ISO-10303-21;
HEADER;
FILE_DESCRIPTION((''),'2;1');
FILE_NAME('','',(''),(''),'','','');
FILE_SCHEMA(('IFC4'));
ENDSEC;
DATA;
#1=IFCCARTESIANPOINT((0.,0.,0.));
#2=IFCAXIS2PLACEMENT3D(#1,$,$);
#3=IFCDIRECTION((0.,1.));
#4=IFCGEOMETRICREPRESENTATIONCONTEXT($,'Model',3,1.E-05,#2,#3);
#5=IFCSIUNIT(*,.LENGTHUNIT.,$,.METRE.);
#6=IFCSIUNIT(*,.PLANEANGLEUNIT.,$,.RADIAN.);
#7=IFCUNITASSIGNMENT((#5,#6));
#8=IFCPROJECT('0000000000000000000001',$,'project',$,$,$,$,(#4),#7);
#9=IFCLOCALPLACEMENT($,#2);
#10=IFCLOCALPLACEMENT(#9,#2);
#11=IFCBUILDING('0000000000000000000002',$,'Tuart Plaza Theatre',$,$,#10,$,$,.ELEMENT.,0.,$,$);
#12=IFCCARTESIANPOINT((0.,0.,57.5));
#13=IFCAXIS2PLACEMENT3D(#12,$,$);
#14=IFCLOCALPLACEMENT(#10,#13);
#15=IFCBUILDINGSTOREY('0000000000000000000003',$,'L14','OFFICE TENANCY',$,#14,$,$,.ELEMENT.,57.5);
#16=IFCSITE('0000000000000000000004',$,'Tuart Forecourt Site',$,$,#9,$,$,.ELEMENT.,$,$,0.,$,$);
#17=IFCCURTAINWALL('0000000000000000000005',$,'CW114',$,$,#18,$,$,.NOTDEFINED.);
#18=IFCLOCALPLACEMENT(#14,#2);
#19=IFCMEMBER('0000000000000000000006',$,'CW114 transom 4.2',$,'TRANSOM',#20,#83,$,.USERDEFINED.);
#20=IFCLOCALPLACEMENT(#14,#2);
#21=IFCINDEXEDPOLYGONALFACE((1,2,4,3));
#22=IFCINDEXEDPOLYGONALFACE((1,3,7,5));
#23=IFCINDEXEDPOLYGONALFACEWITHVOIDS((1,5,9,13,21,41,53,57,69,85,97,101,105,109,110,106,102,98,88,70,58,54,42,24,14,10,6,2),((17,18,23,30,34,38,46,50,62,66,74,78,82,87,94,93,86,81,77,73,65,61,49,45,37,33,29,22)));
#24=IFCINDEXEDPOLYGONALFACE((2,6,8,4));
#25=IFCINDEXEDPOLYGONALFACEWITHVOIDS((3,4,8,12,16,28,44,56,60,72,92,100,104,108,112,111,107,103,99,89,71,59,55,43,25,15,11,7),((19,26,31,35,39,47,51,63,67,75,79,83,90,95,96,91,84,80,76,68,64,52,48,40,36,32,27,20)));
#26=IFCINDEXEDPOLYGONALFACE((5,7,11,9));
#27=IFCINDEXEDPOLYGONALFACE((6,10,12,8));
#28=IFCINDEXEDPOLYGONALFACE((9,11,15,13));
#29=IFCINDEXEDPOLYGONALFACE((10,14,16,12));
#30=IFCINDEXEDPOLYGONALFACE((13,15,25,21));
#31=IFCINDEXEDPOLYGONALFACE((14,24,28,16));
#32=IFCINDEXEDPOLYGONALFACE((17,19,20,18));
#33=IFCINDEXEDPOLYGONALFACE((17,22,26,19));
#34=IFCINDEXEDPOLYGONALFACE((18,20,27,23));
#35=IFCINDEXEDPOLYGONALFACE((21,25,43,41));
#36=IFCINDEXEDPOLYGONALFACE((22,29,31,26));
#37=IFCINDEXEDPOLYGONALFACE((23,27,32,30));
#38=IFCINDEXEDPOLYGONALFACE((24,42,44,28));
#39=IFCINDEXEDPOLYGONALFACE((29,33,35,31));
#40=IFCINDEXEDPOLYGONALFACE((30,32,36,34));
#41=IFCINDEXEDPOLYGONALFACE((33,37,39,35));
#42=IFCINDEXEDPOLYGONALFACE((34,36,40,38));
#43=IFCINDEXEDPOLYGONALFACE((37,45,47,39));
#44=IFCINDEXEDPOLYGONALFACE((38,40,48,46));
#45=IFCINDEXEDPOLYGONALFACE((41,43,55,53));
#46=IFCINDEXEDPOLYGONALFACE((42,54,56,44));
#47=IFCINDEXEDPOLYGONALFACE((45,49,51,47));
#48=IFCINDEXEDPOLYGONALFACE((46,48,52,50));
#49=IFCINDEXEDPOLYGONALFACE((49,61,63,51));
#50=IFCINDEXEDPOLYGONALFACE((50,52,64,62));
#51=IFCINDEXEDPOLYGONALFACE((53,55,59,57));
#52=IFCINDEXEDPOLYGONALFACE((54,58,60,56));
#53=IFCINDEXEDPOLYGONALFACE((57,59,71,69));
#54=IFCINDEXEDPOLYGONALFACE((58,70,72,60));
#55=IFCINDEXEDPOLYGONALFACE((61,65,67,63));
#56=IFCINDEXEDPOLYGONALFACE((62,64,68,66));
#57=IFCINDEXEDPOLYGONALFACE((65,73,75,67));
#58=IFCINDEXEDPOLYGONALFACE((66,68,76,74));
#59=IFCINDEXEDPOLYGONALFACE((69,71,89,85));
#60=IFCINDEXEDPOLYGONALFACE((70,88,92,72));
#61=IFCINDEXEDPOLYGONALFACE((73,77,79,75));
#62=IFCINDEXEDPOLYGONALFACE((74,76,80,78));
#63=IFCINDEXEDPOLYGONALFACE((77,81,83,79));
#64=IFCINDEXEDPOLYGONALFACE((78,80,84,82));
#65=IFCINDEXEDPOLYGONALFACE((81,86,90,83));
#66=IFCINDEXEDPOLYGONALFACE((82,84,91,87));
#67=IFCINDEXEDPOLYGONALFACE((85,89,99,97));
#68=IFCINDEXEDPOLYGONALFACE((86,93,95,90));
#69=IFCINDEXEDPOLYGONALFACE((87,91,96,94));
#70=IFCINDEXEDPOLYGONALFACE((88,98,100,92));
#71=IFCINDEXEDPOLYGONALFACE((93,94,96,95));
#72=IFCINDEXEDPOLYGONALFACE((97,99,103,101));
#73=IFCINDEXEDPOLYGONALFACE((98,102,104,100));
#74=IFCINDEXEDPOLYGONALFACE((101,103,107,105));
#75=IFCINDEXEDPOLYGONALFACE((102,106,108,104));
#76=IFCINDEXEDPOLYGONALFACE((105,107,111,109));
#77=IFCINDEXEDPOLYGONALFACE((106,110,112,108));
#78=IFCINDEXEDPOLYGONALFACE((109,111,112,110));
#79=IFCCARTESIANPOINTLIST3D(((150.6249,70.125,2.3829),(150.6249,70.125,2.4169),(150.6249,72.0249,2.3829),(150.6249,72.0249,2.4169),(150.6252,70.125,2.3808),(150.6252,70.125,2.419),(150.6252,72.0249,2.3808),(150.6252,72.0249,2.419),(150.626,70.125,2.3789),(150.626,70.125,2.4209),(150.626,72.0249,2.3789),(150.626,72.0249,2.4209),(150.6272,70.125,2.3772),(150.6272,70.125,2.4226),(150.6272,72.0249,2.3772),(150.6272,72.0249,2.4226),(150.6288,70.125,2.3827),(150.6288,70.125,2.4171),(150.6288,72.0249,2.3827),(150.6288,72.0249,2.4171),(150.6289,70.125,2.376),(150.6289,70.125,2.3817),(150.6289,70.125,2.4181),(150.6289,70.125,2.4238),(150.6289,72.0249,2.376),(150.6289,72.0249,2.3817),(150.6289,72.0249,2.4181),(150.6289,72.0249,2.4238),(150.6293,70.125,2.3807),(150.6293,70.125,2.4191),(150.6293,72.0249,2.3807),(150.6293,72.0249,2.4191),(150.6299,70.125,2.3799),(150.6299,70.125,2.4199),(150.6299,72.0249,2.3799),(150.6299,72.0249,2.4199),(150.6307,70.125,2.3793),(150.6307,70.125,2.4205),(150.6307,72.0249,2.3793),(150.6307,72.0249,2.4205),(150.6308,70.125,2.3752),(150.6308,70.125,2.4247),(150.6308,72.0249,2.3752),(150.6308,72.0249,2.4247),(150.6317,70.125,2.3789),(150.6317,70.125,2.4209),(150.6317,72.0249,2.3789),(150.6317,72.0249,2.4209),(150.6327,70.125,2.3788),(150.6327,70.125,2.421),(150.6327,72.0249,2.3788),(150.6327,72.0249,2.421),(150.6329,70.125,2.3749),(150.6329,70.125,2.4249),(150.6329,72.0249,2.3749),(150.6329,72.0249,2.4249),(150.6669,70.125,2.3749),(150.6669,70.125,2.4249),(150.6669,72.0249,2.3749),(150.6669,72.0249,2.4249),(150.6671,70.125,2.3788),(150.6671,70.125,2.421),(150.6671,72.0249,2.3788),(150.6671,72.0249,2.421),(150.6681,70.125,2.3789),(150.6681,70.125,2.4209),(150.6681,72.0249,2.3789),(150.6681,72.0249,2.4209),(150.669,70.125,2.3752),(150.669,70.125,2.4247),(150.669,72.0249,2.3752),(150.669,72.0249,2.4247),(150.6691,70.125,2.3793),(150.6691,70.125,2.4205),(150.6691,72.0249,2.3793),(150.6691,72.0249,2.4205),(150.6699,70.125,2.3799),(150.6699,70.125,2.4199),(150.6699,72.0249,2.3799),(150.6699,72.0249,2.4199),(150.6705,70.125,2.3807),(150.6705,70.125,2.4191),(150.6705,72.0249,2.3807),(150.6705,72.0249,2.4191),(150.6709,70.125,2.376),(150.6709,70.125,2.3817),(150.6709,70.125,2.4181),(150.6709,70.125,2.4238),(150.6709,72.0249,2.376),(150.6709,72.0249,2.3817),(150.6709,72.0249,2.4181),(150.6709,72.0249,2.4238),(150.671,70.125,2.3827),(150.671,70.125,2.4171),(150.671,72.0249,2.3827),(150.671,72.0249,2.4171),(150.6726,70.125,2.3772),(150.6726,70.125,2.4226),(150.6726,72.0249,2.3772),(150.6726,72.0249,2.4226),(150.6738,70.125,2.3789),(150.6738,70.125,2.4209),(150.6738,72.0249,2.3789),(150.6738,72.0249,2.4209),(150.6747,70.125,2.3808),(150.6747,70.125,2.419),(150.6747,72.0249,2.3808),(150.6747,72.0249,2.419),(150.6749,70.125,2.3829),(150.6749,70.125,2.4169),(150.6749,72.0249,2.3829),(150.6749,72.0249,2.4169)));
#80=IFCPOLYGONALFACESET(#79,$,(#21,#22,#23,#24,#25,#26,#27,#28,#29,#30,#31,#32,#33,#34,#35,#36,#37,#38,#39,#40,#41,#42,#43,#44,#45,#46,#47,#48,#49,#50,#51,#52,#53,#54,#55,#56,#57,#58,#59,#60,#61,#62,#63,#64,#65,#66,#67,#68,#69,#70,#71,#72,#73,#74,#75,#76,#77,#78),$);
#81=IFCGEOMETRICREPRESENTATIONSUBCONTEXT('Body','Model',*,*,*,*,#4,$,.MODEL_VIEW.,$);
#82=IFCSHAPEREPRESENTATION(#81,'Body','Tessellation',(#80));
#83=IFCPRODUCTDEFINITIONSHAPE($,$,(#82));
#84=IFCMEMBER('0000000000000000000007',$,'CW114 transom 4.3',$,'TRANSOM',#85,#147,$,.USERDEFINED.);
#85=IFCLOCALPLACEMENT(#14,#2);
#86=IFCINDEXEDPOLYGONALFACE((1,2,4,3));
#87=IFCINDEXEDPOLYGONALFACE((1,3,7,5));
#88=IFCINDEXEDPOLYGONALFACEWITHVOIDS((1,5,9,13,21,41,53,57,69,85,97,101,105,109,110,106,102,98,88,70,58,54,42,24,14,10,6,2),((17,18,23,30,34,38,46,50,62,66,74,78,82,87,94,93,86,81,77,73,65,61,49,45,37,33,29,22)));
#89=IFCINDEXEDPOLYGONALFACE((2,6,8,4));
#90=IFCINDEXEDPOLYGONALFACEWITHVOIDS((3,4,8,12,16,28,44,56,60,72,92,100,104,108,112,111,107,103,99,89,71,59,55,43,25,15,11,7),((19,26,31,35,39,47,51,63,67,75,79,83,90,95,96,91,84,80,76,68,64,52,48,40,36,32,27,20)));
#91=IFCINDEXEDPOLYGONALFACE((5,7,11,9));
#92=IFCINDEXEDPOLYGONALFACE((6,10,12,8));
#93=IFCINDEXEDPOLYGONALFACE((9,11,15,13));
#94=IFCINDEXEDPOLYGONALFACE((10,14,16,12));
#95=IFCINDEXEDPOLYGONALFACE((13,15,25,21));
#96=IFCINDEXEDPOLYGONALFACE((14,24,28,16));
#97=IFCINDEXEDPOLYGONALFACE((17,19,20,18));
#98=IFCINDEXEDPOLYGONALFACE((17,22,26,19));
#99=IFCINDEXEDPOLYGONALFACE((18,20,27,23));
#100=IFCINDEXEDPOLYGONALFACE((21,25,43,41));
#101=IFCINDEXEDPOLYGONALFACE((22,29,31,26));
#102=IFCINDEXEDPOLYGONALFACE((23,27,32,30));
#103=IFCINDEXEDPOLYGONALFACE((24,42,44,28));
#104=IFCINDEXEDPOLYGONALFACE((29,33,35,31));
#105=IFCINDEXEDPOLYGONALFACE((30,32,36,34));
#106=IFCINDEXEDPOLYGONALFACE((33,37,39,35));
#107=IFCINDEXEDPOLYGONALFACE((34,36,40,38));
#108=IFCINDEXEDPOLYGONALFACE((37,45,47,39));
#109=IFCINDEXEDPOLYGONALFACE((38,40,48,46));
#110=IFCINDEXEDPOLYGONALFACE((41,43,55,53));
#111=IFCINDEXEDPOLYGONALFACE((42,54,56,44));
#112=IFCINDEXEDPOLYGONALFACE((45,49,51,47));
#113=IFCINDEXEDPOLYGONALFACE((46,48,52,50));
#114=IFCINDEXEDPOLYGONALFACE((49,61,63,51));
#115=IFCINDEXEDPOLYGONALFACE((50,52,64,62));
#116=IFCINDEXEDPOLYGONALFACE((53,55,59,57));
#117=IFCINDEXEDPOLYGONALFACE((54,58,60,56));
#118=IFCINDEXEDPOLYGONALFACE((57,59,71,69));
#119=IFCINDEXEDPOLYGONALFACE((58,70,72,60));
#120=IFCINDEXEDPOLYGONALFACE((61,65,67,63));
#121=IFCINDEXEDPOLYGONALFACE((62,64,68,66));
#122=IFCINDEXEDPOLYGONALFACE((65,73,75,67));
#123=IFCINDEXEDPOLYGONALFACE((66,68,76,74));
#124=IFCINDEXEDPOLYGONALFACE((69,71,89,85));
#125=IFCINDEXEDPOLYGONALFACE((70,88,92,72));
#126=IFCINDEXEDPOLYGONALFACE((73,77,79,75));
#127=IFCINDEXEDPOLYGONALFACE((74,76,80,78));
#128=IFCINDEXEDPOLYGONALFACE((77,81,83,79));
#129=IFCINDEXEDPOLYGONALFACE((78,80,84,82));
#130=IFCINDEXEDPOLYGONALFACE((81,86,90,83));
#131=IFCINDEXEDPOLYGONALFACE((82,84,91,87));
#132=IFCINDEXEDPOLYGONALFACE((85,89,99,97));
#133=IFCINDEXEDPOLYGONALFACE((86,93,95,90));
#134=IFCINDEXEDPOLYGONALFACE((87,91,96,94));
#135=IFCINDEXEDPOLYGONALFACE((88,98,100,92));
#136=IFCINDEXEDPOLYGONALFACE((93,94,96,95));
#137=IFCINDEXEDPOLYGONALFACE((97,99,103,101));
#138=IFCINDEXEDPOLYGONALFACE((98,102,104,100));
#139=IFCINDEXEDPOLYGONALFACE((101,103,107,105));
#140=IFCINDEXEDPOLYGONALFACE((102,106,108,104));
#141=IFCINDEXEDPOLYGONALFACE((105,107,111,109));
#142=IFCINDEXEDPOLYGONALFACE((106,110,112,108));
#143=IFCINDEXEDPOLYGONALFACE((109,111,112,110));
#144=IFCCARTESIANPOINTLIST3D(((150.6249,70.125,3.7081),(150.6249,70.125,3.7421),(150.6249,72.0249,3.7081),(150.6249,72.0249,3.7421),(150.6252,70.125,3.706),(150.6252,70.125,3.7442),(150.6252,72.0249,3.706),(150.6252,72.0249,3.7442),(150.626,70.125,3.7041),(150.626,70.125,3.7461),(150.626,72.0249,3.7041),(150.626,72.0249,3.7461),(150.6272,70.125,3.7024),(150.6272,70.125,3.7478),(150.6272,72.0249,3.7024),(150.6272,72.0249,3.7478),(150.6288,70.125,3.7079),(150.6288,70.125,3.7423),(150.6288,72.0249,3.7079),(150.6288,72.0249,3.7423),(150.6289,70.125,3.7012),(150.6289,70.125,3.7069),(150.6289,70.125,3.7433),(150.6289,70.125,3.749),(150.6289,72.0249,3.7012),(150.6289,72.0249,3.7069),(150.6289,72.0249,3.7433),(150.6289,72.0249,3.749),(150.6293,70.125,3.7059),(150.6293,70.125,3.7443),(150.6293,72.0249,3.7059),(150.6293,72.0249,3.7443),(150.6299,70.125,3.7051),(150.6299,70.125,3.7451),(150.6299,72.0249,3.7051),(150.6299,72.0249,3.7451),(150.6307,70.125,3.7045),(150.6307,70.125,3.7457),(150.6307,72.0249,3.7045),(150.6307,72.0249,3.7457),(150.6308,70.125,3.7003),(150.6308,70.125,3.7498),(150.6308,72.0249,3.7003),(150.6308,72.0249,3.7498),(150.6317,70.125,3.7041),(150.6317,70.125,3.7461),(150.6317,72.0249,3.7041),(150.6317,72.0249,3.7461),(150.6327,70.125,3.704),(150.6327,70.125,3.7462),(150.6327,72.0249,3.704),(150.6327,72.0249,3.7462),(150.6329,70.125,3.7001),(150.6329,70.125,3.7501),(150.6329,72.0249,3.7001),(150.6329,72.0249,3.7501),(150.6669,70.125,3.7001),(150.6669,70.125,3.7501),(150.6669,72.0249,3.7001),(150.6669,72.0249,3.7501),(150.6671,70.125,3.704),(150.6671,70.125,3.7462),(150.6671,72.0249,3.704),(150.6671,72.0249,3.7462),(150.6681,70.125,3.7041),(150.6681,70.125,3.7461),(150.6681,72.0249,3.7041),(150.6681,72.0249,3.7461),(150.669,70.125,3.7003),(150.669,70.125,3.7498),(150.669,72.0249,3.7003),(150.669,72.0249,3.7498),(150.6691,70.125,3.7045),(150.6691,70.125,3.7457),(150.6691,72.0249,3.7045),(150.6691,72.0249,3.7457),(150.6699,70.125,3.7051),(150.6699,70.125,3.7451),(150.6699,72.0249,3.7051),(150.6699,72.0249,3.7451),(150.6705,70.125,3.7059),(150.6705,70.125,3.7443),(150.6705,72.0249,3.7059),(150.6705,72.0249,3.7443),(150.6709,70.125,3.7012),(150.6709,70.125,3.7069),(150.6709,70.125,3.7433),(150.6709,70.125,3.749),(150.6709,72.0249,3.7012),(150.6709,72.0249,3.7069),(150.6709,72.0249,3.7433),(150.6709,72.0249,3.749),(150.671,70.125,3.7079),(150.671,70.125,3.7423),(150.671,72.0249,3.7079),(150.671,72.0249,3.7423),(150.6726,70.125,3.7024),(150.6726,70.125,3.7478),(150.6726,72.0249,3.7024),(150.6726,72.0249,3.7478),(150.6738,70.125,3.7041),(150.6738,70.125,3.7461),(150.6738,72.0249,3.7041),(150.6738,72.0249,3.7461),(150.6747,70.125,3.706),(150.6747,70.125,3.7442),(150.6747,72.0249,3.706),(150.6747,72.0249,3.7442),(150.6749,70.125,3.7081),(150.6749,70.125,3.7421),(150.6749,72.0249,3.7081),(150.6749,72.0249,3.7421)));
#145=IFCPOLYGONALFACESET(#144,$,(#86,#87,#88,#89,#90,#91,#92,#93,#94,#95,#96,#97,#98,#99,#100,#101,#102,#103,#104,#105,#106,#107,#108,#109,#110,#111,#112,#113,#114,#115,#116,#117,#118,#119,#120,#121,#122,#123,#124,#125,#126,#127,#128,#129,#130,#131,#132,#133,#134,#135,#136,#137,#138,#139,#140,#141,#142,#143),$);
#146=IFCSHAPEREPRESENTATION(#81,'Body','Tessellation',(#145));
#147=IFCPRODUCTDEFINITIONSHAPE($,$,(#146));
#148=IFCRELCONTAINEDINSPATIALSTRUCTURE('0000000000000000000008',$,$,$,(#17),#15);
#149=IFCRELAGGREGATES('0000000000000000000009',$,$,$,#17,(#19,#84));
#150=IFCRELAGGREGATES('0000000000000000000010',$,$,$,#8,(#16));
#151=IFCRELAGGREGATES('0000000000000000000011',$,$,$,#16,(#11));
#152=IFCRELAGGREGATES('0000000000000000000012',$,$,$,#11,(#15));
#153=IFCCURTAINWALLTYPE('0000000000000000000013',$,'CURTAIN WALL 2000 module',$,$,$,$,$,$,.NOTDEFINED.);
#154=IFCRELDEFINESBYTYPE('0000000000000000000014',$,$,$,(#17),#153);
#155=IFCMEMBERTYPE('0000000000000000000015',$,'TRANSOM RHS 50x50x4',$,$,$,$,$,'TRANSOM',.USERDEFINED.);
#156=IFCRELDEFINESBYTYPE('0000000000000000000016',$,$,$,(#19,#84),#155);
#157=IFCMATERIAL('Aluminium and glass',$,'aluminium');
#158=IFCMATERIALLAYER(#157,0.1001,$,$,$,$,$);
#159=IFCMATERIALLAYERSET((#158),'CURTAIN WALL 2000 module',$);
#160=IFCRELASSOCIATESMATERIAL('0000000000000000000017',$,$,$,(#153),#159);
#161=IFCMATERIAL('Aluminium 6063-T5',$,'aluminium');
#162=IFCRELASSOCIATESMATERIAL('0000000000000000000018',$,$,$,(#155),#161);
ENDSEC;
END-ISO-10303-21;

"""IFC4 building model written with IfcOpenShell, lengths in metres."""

from ifc_helpers import new_model, si_unit, direction, frame, origin, origin_2d, place, context, subcontext, project, spatial, hollow_rectangle, extrude, material, layer, layer_set, material_profile, profile_set, type_object, element, aggregate, save


model = new_model("IFC4")

# Units and contexts
model_context = context("Model", 3, precision=1e-05, world=origin(), true_north=direction((0.0, 1.0)))
body_context = subcontext(model_context, "Body", "Model", "MODEL_VIEW")
ifc_project = project(units=[si_unit("LENGTHUNIT", "METRE"), si_unit("PLANEANGLEUNIT", "RADIAN")], contexts=[model_context])

# Site, building, storey
site_placement = place(None, origin())
site = spatial("IfcSite", under=ifc_project, at=site_placement, Name="Tuart Forecourt Site", CompositionType="ELEMENT", RefElevation=0.0)
building_placement = place(site_placement, origin())
building = spatial("IfcBuilding", under=site, at=building_placement, Name="Tuart Plaza Theatre", CompositionType="ELEMENT", ElevationOfRefHeight=0.0)
storey_placement = place(building_placement, frame((0.0, 0.0, 57.5)))
storey = spatial("IfcBuildingStorey", under=building, at=storey_placement, Name="L14", Description="OFFICE TENANCY", CompositionType="ELEMENT", Elevation=57.5)

# Curtain wall, members
ifc_material_1 = material(Name="Aluminium and glass", Category="aluminium")
ifc_layer_1 = layer(ifc_material_1, 0.1001)
ifc_layer_set_1 = layer_set([ifc_layer_1], Name="CURTAIN WALL 2000 module")
curtain_wall_type = type_object("IfcCurtainWallType", Name="CURTAIN WALL 2000 module", PredefinedType="NOTDEFINED", material=ifc_layer_set_1)
curtain_wall_placement = place(storey_placement, origin())
curtain_wall = element("IfcCurtainWall", 1, at=curtain_wall_placement, inside=storey, type_object=curtain_wall_type, Name="CW114", PredefinedType="NOTDEFINED")
ifc_material_2 = material(Name="Aluminium 6063-T5", Category="aluminium")
ifc_material_profile_1 = material_profile(ifc_material_2, hollow_rectangle(XDim=0.05, YDim=0.05, WallThickness=0.0039, InnerFilletRadius=0.0039, OuterFilletRadius=0.0081, at=origin_2d()), Name="RHS 50x50x4")
ifc_profile_set_1 = profile_set([ifc_material_profile_1], Name="Aluminium 6063-T5")
member_type_1 = type_object("IfcMemberType", Name="TRANSOM RHS 50x50x4", ElementType="TRANSOM", PredefinedType="USERDEFINED", material=ifc_profile_set_1)
member_1_placement = place(storey_placement, frame((150.6499, 70.125, 2.3999), z_axis=(0.0, 1.0, 0.0), x_axis=(-1.0, 0.0, 0.0)))
member_1 = element("IfcMember", 2, at=member_1_placement, type_object=member_type_1, Name="CW114 transom 4.2", ObjectType="TRANSOM", PredefinedType="USERDEFINED", context=body_context, shape_type="SweptSolid", body=[
    extrude(hollow_rectangle(XDim=0.05, YDim=0.05, WallThickness=0.0039, InnerFilletRadius=0.0039, OuterFilletRadius=0.0081, at=origin_2d()), origin(), (0.0, 0.0, 1.0), 1.8999),
])
member_2_placement = place(storey_placement, frame((150.6499, 70.125, 3.7251), z_axis=(0.0, 1.0, 0.0), x_axis=(-1.0, 0.0, 0.0)))
member_2 = element("IfcMember", 3, at=member_2_placement, type_object=member_type_1, Name="CW114 transom 4.3", ObjectType="TRANSOM", PredefinedType="USERDEFINED", context=body_context, shape_type="SweptSolid", body=[
    extrude(hollow_rectangle(XDim=0.05, YDim=0.05, WallThickness=0.0039, InnerFilletRadius=0.0039, OuterFilletRadius=0.0081, at=origin_2d()), origin(), (0.0, 0.0, 1.0), 1.8999),
])
aggregate(curtain_wall, [member_1, member_2])

save(model, "model.ifc")
